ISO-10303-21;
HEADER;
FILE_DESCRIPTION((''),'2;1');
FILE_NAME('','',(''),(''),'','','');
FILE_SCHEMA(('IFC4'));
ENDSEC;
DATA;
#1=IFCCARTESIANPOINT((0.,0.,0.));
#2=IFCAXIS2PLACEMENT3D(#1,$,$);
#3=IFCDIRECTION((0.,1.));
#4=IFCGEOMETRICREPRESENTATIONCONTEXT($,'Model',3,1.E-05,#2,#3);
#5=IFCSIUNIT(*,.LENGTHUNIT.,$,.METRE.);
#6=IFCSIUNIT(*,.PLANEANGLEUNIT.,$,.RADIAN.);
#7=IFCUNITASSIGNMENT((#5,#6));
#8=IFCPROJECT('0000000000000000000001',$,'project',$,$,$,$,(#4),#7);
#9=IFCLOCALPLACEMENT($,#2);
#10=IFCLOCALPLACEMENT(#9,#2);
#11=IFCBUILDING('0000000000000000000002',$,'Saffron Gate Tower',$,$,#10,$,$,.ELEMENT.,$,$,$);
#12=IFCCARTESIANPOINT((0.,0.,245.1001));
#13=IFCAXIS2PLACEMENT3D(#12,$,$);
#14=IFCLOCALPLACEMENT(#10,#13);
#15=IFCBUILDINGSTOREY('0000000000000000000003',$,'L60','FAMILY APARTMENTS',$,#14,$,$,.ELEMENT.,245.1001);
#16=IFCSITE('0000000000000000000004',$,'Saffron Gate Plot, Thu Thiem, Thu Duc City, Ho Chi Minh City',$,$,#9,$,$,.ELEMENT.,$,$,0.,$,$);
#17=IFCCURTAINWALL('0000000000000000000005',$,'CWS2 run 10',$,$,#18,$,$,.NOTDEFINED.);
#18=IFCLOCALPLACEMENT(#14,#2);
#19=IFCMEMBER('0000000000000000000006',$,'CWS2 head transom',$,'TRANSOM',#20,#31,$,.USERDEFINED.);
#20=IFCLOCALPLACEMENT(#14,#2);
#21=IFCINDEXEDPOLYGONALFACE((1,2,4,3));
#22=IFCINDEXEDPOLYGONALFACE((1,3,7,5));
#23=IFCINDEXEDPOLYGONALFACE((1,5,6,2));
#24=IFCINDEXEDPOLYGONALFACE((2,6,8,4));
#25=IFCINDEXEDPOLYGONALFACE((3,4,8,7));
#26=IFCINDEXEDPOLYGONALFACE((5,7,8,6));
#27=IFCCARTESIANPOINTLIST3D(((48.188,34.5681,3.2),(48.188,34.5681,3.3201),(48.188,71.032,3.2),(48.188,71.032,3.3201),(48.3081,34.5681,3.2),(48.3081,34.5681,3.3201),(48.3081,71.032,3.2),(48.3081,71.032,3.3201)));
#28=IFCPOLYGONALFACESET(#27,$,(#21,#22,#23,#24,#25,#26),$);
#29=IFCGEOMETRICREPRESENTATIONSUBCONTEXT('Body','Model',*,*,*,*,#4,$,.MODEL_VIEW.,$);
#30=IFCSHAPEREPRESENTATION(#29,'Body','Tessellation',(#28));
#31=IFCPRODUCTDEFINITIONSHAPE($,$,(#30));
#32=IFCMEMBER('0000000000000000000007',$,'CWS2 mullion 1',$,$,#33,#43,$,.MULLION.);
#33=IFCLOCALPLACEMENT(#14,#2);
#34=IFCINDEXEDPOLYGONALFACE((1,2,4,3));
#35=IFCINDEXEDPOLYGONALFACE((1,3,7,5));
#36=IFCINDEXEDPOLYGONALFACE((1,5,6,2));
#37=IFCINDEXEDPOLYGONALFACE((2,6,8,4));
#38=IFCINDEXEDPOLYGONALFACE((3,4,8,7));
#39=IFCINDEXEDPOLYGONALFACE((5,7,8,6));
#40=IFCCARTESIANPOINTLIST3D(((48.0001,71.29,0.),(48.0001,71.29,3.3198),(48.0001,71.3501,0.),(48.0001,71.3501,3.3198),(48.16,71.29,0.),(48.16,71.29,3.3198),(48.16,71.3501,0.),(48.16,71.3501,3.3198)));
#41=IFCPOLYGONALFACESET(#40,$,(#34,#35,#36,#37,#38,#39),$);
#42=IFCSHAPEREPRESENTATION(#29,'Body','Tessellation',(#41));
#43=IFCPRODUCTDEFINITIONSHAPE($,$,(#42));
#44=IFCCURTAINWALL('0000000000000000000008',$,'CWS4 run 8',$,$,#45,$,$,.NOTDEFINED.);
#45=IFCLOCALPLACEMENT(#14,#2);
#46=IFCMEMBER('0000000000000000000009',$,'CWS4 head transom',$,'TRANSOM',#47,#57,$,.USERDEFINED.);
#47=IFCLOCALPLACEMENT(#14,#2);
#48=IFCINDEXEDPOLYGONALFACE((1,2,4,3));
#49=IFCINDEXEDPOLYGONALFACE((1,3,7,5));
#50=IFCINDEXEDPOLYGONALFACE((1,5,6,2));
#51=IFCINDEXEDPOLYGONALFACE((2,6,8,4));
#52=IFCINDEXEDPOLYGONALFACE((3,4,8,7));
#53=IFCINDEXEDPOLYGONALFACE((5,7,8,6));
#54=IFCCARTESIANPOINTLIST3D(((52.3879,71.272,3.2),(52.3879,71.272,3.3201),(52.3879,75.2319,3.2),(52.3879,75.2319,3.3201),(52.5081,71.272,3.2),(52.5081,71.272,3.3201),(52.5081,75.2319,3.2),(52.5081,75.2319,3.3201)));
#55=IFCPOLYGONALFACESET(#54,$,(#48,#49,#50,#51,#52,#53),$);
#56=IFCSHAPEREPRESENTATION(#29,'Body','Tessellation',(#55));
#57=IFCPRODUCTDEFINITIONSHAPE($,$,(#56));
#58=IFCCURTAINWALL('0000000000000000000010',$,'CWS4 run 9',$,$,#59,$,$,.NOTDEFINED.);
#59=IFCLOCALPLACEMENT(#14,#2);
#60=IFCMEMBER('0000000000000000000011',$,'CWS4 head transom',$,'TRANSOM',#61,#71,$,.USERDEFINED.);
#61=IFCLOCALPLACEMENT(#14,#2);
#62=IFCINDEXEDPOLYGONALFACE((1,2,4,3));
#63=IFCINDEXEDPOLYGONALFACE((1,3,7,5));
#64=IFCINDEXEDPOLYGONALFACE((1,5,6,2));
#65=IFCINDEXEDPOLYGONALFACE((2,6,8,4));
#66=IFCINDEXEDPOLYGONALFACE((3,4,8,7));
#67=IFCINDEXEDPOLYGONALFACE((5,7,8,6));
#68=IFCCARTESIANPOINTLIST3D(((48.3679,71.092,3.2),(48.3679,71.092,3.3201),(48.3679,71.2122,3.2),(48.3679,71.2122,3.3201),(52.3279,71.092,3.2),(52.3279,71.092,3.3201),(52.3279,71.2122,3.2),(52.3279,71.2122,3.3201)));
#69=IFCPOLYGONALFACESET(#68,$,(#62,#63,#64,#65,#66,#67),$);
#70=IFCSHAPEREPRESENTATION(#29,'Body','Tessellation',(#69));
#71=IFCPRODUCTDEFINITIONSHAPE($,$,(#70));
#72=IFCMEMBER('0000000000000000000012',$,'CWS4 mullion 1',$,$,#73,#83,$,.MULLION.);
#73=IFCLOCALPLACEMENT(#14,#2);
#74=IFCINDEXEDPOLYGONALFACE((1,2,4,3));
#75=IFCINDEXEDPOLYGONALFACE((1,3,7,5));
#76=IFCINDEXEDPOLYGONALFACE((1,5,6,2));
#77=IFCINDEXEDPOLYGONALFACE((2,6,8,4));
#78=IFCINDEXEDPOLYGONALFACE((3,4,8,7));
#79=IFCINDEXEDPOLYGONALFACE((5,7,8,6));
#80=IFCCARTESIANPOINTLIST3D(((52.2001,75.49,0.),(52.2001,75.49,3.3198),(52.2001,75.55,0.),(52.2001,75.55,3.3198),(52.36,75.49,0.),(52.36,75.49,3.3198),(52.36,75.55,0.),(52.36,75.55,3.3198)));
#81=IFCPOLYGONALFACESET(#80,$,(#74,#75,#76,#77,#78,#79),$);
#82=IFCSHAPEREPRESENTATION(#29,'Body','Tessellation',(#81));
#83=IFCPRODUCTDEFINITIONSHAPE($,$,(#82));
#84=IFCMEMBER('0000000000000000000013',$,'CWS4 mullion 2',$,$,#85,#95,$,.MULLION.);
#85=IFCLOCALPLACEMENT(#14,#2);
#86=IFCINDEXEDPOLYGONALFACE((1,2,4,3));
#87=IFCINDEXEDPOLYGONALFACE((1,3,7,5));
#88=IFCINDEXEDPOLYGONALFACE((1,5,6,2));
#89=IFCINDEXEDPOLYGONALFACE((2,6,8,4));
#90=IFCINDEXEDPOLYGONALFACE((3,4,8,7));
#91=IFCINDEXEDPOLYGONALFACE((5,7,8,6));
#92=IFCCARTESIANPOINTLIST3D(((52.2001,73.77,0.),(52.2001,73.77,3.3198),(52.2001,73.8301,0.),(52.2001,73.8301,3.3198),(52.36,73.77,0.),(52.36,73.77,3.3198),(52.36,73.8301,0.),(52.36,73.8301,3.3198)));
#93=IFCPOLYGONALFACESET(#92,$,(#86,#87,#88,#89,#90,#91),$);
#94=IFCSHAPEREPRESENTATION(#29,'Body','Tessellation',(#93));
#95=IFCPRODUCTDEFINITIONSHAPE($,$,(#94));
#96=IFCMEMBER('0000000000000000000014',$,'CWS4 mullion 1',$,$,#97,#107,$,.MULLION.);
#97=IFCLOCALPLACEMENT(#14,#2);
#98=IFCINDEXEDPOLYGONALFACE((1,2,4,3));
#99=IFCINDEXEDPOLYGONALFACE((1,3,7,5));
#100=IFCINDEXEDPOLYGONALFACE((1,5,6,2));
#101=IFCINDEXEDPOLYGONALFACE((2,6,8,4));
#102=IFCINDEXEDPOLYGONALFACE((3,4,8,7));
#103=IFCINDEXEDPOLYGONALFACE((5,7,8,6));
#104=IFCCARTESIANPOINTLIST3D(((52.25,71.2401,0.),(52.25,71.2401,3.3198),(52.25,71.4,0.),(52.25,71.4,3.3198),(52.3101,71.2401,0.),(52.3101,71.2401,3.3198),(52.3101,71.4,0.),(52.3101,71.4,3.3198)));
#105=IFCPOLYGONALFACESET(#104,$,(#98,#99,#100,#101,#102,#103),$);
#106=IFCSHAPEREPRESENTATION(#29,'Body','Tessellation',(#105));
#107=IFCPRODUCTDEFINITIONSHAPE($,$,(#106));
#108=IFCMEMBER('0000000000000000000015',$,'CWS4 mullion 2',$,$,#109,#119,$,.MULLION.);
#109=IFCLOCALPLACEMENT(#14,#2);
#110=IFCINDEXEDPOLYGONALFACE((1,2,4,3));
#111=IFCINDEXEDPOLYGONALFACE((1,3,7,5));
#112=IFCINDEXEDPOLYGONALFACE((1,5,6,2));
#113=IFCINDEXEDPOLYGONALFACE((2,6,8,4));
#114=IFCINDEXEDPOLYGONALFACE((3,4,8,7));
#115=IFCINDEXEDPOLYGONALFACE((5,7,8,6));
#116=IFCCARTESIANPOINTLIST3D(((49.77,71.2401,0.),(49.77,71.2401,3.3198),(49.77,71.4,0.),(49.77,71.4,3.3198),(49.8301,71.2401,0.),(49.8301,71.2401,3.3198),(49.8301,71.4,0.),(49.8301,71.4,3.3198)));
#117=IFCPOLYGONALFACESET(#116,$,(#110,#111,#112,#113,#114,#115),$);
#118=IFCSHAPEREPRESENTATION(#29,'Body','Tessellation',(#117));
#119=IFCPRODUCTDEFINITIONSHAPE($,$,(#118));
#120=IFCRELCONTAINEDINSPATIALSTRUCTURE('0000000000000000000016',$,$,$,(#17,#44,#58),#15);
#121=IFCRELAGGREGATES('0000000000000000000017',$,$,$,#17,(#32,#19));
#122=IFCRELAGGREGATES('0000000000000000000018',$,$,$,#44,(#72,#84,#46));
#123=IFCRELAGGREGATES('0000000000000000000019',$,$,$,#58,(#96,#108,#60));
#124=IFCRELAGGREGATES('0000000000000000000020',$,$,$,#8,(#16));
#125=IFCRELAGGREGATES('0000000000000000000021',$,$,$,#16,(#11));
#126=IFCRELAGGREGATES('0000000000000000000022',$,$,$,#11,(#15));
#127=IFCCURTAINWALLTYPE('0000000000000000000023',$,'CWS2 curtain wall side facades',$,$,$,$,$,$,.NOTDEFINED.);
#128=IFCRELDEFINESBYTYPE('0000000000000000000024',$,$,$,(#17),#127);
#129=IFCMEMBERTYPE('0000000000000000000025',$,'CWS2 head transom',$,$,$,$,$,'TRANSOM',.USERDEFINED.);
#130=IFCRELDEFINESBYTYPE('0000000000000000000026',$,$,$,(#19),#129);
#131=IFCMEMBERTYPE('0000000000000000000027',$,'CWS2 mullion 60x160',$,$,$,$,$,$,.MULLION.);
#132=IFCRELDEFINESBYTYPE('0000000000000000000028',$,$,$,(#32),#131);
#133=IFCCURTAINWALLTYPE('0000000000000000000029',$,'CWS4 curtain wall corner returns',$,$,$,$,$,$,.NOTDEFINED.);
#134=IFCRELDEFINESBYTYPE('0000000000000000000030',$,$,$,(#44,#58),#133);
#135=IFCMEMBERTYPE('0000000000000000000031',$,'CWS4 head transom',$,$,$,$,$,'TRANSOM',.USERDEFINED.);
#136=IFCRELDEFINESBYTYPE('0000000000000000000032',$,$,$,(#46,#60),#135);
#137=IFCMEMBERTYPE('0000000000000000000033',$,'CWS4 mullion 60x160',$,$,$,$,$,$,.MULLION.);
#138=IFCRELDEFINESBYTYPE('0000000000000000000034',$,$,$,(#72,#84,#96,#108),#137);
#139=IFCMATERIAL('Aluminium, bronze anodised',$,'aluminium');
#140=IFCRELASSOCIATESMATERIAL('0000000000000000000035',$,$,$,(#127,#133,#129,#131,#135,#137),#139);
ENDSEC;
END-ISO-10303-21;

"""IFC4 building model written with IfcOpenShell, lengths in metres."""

from ifc_helpers import new_model, si_unit, direction, frame, origin, origin_2d, place, context, subcontext, project, spatial, rectangle, extrude, material, material_profile, profile_set, type_object, element, aggregate, save


model = new_model("IFC4")

# Units and contexts
model_context = context("Model", 3, precision=1e-05, world=origin(), true_north=direction((0.0, 1.0)))
body_context = subcontext(model_context, "Body", "Model", "MODEL_VIEW")
ifc_project = project(units=[si_unit("LENGTHUNIT", "METRE"), si_unit("PLANEANGLEUNIT", "RADIAN")], contexts=[model_context])

# Site, building, storey
site_placement = place(None, origin())
site = spatial("IfcSite", under=ifc_project, at=site_placement, Name="Saffron Gate Plot, Thu Thiem, Thu Duc City, Ho Chi Minh City", CompositionType="ELEMENT", RefElevation=0.0)
building_placement = place(site_placement, origin())
building = spatial("IfcBuilding", under=site, at=building_placement, Name="Saffron Gate Tower", CompositionType="ELEMENT")
storey_placement = place(building_placement, frame((0.0, 0.0, 245.1001)))
storey = spatial("IfcBuildingStorey", under=building, at=storey_placement, Name="L60", Description="FAMILY APARTMENTS", CompositionType="ELEMENT", Elevation=245.1001)

# Curtain wall, members
ifc_material_1 = material(Name="Aluminium, bronze anodised", Category="aluminium")
curtain_wall_type_1 = type_object("IfcCurtainWallType", Name="CWS2 curtain wall side facades", PredefinedType="NOTDEFINED", material=ifc_material_1)
curtain_wall_1_placement = place(storey_placement, origin())
curtain_wall_1 = element("IfcCurtainWall", 1, at=curtain_wall_1_placement, inside=storey, type_object=curtain_wall_type_1, Name="CWS2 run 10", PredefinedType="NOTDEFINED")
ifc_material_profile_1 = material_profile(ifc_material_1, rectangle(XDim=0.1201, YDim=0.1201, at=origin_2d()))
ifc_profile_set_1 = profile_set([ifc_material_profile_1], Name="Aluminium, bronze anodised")
member_type_1 = type_object("IfcMemberType", Name="CWS2 head transom", ElementType="TRANSOM", PredefinedType="USERDEFINED", material=ifc_profile_set_1)
member_1_placement = place(storey_placement, frame((48.248, 71.032, 3.26), z_axis=(0.0, -1.0, 0.0), x_axis=(1.0, 0.0, 0.0)))
member_1 = element("IfcMember", 2, at=member_1_placement, type_object=member_type_1, Name="CWS2 head transom", ObjectType="TRANSOM", PredefinedType="USERDEFINED", context=body_context, shape_type="SweptSolid", body=[
    extrude(rectangle(XDim=0.1201, YDim=0.1201, at=origin_2d()), origin(), (0.0, 0.0, 1.0), 36.4639),
])
ifc_material_profile_2 = material_profile(ifc_material_1, rectangle(XDim=0.1599, YDim=0.0601, at=origin_2d()))
ifc_profile_set_2 = profile_set([ifc_material_profile_2], Name="Aluminium, bronze anodised")
member_type_2 = type_object("IfcMemberType", Name="CWS2 mullion 60x160", PredefinedType="MULLION", material=ifc_profile_set_2)
member_2_placement = place(storey_placement, frame((48.0801, 71.3201, 0.0), z_axis=(0.0, 0.0, 1.0), x_axis=(1.0, 0.0, 0.0)))
member_2 = element("IfcMember", 3, at=member_2_placement, type_object=member_type_2, Name="CWS2 mullion 1", PredefinedType="MULLION", context=body_context, shape_type="SweptSolid", body=[
    extrude(rectangle(XDim=0.1599, YDim=0.0601, at=origin_2d()), origin(), (0.0, 0.0, 1.0), 3.3198),
])

# Curtain walls, members
curtain_wall_type_2 = type_object("IfcCurtainWallType", Name="CWS4 curtain wall corner returns", PredefinedType="NOTDEFINED", material=ifc_material_1)
curtain_wall_2_placement = place(storey_placement, origin())
curtain_wall_2 = element("IfcCurtainWall", 4, at=curtain_wall_2_placement, inside=storey, type_object=curtain_wall_type_2, Name="CWS4 run 8", PredefinedType="NOTDEFINED")
ifc_material_profile_3 = material_profile(ifc_material_1, rectangle(XDim=0.1201, YDim=0.1201, at=origin_2d()))
ifc_profile_set_3 = profile_set([ifc_material_profile_3], Name="Aluminium, bronze anodised")
member_type_3 = type_object("IfcMemberType", Name="CWS4 head transom", ElementType="TRANSOM", PredefinedType="USERDEFINED", material=ifc_profile_set_3)
member_3_placement = place(storey_placement, frame((52.448, 75.2319, 3.26), z_axis=(0.0, -1.0, 0.0), x_axis=(1.0, 0.0, 0.0)))
member_3 = element("IfcMember", 5, at=member_3_placement, type_object=member_type_3, Name="CWS4 head transom", ObjectType="TRANSOM", PredefinedType="USERDEFINED", context=body_context, shape_type="SweptSolid", body=[
    extrude(rectangle(XDim=0.1201, YDim=0.1201, at=origin_2d()), origin(), (0.0, 0.0, 1.0), 3.96),
])
curtain_wall_3_placement = place(storey_placement, origin())
curtain_wall_3 = element("IfcCurtainWall", 6, at=curtain_wall_3_placement, inside=storey, type_object=curtain_wall_type_2, Name="CWS4 run 9", PredefinedType="NOTDEFINED")
member_4_placement = place(storey_placement, frame((52.3279, 71.1521, 3.26), z_axis=(-1.0, 0.0, 0.0), x_axis=(0.0, -1.0, 0.0)))
member_4 = element("IfcMember", 7, at=member_4_placement, type_object=member_type_3, Name="CWS4 head transom", ObjectType="TRANSOM", PredefinedType="USERDEFINED", context=body_context, shape_type="SweptSolid", body=[
    extrude(rectangle(XDim=0.1201, YDim=0.1201, at=origin_2d()), origin(), (0.0, 0.0, 1.0), 3.96),
])

# Members
ifc_material_profile_4 = material_profile(ifc_material_1, rectangle(XDim=0.1599, YDim=0.0601, at=origin_2d()))
ifc_profile_set_4 = profile_set([ifc_material_profile_4], Name="Aluminium, bronze anodised")
member_type_4 = type_object("IfcMemberType", Name="CWS4 mullion 60x160", PredefinedType="MULLION", material=ifc_profile_set_4)
member_5_placement = place(storey_placement, frame((52.28, 75.52, 0.0), z_axis=(0.0, 0.0, 1.0), x_axis=(1.0, 0.0, 0.0)))
member_5 = element("IfcMember", 8, at=member_5_placement, type_object=member_type_4, Name="CWS4 mullion 1", PredefinedType="MULLION", context=body_context, shape_type="SweptSolid", body=[
    extrude(rectangle(XDim=0.1599, YDim=0.0601, at=origin_2d()), origin(), (0.0, 0.0, 1.0), 3.3198),
])
member_6_placement = place(storey_placement, frame((52.28, 73.8, 0.0), z_axis=(0.0, 0.0, 1.0), x_axis=(1.0, 0.0, 0.0)))
member_6 = element("IfcMember", 9, at=member_6_placement, type_object=member_type_4, Name="CWS4 mullion 2", PredefinedType="MULLION", context=body_context, shape_type="SweptSolid", body=[
    extrude(rectangle(XDim=0.1599, YDim=0.0601, at=origin_2d()), origin(), (0.0, 0.0, 1.0), 3.3198),
])
member_7_placement = place(storey_placement, frame((52.28, 71.3201, 0.0), z_axis=(0.0, 0.0, 1.0), x_axis=(0.0, -1.0, 0.0)))
member_7 = element("IfcMember", 10, at=member_7_placement, type_object=member_type_4, Name="CWS4 mullion 1", PredefinedType="MULLION", context=body_context, shape_type="SweptSolid", body=[
    extrude(rectangle(XDim=0.1599, YDim=0.0601, at=origin_2d()), origin(), (0.0, 0.0, 1.0), 3.3198),
])
member_8_placement = place(storey_placement, frame((49.8, 71.3201, 0.0), z_axis=(0.0, 0.0, 1.0), x_axis=(0.0, -1.0, 0.0)))
member_8 = element("IfcMember", 11, at=member_8_placement, type_object=member_type_4, Name="CWS4 mullion 2", PredefinedType="MULLION", context=body_context, shape_type="SweptSolid", body=[
    extrude(rectangle(XDim=0.1599, YDim=0.0601, at=origin_2d()), origin(), (0.0, 0.0, 1.0), 3.3198),
])

aggregate(curtain_wall_1, [member_2, member_1])

aggregate(curtain_wall_2, [member_5, member_6, member_3])
aggregate(curtain_wall_3, [member_7, member_8, member_4])

save(model, "model.ifc")
